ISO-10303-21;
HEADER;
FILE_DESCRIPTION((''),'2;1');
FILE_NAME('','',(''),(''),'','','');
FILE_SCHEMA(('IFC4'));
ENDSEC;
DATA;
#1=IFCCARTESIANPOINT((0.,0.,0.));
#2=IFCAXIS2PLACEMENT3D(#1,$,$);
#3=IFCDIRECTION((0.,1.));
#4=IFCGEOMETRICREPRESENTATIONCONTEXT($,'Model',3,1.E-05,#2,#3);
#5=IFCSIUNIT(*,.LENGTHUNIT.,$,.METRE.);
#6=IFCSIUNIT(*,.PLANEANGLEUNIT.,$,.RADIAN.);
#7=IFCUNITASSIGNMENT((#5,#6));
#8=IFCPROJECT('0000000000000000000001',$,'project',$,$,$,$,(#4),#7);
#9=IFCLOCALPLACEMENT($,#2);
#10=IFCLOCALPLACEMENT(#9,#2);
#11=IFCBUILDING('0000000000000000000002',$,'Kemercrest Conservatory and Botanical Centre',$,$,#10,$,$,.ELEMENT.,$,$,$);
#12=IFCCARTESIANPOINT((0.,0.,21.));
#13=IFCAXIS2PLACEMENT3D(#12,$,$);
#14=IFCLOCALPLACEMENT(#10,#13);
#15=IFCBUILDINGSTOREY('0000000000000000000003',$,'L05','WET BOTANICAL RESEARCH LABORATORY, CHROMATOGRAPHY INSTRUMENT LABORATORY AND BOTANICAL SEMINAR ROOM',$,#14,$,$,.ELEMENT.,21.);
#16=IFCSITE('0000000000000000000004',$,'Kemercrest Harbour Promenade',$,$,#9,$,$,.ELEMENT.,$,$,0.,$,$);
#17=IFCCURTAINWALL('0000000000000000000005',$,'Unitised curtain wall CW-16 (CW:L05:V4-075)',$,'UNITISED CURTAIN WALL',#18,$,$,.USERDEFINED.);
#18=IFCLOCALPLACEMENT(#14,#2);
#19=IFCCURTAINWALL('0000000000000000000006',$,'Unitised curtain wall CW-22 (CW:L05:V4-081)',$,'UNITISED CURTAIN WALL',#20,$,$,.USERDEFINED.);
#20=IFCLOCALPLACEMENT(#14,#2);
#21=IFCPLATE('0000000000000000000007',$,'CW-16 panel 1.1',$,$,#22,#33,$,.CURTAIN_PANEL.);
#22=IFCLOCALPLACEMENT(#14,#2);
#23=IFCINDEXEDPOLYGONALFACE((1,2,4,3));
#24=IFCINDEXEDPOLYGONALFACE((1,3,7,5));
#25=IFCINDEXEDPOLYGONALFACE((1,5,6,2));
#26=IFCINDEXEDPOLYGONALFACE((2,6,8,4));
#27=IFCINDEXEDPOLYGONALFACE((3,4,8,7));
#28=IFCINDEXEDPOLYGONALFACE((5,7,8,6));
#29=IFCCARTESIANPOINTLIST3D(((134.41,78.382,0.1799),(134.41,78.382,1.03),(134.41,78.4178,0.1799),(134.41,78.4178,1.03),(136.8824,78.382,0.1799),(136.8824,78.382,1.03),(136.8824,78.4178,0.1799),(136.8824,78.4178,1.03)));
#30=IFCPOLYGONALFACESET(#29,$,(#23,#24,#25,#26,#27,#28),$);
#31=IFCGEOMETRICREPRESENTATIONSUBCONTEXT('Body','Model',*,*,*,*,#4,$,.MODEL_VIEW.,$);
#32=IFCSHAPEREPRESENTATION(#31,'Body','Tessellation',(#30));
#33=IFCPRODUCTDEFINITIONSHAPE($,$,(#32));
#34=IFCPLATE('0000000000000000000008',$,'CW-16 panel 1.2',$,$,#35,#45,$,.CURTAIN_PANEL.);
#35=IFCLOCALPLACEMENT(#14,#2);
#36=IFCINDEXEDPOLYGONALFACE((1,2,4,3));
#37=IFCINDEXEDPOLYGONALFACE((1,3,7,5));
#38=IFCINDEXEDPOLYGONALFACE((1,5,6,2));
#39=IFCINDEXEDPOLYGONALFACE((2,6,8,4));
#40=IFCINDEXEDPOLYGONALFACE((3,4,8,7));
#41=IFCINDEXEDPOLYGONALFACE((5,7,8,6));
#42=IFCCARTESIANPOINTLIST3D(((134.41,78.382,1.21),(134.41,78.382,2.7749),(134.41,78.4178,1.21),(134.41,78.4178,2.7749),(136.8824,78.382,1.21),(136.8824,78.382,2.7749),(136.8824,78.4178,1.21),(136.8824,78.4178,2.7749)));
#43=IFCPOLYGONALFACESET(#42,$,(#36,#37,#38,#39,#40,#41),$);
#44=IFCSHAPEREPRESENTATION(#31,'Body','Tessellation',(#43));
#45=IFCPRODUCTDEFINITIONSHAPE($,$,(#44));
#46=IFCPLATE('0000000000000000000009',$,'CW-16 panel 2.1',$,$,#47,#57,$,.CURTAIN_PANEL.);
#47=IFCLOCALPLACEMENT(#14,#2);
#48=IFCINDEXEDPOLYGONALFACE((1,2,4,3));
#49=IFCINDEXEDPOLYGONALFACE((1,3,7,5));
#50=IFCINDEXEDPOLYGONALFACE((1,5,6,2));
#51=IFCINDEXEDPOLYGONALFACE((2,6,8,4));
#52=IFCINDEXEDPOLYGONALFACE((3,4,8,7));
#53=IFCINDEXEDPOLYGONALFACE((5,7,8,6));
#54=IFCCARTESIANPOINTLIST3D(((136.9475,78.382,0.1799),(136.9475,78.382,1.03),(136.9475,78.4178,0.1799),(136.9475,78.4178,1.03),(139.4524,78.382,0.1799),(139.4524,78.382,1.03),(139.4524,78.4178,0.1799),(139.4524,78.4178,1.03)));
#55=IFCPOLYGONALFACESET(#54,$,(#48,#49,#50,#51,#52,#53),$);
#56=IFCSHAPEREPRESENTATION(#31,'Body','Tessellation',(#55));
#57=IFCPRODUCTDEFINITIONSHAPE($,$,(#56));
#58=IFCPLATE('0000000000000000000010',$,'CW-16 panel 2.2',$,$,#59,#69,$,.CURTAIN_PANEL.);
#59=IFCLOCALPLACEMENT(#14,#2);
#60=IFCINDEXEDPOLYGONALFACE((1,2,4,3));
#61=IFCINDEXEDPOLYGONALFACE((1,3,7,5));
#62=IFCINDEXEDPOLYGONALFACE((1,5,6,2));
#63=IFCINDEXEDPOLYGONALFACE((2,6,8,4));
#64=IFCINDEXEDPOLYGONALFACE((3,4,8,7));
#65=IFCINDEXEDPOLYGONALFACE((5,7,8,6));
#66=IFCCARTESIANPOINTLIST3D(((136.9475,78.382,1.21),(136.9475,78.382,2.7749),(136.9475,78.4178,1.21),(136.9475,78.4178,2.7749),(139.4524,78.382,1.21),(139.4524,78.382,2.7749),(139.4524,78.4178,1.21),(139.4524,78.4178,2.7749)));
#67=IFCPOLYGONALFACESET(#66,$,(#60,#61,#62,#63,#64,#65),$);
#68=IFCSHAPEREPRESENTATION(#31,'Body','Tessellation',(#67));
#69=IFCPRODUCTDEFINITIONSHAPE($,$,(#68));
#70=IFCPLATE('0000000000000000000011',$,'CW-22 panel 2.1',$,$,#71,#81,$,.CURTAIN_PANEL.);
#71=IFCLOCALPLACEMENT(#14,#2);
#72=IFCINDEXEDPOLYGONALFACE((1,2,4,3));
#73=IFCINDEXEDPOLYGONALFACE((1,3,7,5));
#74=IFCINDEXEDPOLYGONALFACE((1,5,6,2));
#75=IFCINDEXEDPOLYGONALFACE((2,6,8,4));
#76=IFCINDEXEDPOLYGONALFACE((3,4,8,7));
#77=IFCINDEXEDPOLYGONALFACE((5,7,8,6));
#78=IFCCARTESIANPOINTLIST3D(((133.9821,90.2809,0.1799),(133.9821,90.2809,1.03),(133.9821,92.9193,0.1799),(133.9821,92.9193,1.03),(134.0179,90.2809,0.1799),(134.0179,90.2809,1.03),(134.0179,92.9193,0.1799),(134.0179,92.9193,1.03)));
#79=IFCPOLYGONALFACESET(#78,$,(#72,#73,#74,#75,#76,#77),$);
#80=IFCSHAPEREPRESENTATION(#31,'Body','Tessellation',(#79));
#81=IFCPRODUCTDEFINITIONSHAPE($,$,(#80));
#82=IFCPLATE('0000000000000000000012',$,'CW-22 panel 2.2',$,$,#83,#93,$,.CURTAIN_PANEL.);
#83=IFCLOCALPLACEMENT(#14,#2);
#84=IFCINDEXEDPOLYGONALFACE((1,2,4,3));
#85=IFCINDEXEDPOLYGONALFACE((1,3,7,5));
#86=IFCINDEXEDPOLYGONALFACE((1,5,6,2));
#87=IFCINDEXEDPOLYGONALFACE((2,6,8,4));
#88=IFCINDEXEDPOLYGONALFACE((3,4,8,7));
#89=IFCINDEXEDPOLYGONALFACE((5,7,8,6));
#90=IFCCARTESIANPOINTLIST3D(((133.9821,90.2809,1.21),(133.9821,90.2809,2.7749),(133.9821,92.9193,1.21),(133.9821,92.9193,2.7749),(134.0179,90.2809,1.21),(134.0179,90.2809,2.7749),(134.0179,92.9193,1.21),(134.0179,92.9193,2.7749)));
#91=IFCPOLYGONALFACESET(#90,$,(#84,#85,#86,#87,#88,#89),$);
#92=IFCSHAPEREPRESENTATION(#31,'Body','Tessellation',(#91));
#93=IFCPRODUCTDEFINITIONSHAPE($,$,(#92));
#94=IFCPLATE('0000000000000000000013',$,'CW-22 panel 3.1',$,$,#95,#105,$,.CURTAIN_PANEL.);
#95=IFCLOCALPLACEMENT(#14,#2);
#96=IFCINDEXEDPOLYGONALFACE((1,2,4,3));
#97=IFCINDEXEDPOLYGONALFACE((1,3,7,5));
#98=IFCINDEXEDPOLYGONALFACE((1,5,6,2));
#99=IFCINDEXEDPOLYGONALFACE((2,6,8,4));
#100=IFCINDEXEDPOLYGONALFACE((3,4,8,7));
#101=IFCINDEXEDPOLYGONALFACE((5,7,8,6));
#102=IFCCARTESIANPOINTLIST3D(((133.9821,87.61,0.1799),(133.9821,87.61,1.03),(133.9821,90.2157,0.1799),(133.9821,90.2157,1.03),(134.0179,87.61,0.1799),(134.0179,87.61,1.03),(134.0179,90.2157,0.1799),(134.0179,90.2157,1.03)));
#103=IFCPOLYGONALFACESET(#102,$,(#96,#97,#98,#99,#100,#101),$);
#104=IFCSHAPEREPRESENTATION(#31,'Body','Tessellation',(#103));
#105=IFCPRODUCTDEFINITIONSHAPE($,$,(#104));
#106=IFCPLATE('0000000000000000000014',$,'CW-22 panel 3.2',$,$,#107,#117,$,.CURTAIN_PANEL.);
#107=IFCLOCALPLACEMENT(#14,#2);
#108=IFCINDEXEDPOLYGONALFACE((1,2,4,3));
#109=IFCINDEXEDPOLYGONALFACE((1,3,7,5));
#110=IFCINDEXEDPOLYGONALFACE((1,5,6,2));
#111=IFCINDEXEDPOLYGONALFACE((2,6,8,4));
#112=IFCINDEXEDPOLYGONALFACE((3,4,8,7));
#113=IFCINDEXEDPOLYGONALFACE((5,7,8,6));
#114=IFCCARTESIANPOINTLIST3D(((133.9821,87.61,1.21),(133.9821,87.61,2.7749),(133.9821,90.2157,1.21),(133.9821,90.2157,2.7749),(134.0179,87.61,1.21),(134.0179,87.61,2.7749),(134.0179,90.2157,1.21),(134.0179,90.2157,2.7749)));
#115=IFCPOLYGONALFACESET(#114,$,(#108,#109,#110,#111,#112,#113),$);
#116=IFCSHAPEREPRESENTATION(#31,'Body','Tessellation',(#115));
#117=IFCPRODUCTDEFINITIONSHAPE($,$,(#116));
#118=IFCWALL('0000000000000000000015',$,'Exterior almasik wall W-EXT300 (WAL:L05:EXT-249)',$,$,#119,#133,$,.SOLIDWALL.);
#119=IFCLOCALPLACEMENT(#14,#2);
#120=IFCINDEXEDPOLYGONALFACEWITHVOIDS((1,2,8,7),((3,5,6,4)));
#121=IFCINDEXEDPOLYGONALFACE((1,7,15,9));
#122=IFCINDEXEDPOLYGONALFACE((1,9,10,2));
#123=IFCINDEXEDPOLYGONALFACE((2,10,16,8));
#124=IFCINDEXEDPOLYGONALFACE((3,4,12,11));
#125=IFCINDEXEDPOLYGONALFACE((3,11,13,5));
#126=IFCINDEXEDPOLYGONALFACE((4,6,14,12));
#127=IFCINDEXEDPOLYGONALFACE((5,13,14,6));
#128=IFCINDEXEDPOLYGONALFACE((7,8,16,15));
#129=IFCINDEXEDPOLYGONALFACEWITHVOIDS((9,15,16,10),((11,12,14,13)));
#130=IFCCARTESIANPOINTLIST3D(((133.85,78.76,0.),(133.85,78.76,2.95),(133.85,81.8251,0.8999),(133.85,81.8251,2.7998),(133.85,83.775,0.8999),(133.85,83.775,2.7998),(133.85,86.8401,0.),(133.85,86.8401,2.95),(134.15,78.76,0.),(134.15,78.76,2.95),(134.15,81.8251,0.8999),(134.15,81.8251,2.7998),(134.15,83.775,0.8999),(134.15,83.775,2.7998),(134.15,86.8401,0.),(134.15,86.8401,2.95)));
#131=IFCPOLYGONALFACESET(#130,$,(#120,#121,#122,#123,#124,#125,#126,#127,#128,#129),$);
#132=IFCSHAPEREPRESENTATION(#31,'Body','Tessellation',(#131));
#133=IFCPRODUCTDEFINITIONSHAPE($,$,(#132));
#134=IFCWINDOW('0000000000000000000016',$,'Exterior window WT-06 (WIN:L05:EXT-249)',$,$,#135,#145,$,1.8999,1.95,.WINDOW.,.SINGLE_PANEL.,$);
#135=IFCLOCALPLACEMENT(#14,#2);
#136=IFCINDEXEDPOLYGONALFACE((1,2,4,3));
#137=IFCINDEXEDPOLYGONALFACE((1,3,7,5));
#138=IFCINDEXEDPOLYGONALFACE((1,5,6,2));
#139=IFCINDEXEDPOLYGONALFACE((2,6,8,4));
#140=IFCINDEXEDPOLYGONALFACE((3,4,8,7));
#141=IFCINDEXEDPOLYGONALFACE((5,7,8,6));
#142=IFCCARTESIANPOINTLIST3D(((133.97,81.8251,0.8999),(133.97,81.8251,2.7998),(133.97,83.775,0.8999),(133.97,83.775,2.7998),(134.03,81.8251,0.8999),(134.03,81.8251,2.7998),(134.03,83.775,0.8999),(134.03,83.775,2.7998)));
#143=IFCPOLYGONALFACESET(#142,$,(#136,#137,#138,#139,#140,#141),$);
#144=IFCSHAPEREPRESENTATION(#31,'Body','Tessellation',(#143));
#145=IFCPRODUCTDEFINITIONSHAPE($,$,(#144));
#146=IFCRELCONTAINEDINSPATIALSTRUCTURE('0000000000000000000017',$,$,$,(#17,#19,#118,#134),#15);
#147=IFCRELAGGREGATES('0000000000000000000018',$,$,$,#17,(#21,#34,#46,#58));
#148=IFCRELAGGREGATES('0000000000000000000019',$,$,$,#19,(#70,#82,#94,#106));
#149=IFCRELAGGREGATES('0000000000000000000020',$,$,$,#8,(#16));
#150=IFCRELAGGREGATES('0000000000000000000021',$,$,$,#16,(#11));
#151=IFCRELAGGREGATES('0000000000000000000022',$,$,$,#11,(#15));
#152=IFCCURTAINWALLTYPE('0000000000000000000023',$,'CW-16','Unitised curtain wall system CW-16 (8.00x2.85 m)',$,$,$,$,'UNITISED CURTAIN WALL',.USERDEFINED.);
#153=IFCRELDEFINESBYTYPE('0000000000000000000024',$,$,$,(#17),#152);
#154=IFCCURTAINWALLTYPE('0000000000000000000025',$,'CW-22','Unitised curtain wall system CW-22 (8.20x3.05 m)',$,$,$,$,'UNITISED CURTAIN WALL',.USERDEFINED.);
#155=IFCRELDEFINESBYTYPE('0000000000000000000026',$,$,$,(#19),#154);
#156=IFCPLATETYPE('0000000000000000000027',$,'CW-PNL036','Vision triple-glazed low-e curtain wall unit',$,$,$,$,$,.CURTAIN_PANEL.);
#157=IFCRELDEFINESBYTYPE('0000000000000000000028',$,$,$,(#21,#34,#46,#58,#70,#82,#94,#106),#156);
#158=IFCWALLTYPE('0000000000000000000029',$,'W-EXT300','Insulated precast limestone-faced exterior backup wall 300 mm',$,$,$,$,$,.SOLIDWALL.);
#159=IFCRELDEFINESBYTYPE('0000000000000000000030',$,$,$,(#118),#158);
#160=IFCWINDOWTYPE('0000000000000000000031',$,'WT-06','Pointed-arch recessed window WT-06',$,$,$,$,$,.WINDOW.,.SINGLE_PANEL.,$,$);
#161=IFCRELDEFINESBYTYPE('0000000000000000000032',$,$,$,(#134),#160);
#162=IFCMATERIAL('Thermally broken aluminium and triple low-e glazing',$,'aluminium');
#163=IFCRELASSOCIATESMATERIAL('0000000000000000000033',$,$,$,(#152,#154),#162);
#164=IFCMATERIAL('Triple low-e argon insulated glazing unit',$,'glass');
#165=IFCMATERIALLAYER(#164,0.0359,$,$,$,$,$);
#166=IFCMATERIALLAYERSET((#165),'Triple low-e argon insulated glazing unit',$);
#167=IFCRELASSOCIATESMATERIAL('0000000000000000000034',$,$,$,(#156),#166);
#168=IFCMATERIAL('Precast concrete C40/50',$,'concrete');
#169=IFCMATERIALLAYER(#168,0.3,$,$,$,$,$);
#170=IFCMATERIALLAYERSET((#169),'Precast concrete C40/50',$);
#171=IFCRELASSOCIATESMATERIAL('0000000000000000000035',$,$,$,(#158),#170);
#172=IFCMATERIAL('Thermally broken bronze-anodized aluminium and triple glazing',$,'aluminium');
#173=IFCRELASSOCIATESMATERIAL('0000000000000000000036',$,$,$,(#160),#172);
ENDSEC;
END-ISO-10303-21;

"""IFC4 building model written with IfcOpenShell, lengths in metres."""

from ifc_helpers import new_model, si_unit, direction, frame, frame_2d, origin, origin_2d, place, context, subcontext, project, spatial, rectangle, extrude, material, layer, layer_set, type_object, element, fill, aggregate, save


model = new_model("IFC4")

# Units and contexts
model_context = context("Model", 3, precision=1e-05, world=origin(), true_north=direction((0.0, 1.0)))
body_context = subcontext(model_context, "Body", "Model", "MODEL_VIEW")
ifc_project = project(units=[si_unit("LENGTHUNIT", "METRE"), si_unit("PLANEANGLEUNIT", "RADIAN")], contexts=[model_context])

# Site, building, storey
site_placement = place(None, origin())
site = spatial("IfcSite", under=ifc_project, at=site_placement, Name="Kemercrest Harbour Promenade", CompositionType="ELEMENT", RefElevation=0.0)
building_placement = place(site_placement, origin())
building = spatial("IfcBuilding", under=site, at=building_placement, Name="Kemercrest Conservatory and Botanical Centre", CompositionType="ELEMENT")
storey_placement = place(building_placement, frame((0.0, 0.0, 21.0)))
storey = spatial("IfcBuildingStorey", under=building, at=storey_placement, Name="L05", Description="WET BOTANICAL RESEARCH LABORATORY, CHROMATOGRAPHY INSTRUMENT LABORATORY AND BOTANICAL SEMINAR ROOM", CompositionType="ELEMENT", Elevation=21.0)

# Curtain walls
ifc_material_1 = material(Name="Thermally broken aluminium and triple low-e glazing", Category="aluminium")
curtain_wall_type_1 = type_object("IfcCurtainWallType", Name="CW-16", Description="Unitised curtain wall system CW-16 (8.00x2.85 m)", ElementType="UNITISED CURTAIN WALL", PredefinedType="USERDEFINED", material=ifc_material_1)
curtain_wall_1_placement = place(storey_placement, origin())
curtain_wall_1 = element("IfcCurtainWall", 1, at=curtain_wall_1_placement, inside=storey, type_object=curtain_wall_type_1, Name="Unitised curtain wall CW-16 (CW:L05:V4-075)", ObjectType="UNITISED CURTAIN WALL", PredefinedType="USERDEFINED")
curtain_wall_type_2 = type_object("IfcCurtainWallType", Name="CW-22", Description="Unitised curtain wall system CW-22 (8.20x3.05 m)", ElementType="UNITISED CURTAIN WALL", PredefinedType="USERDEFINED", material=ifc_material_1)
curtain_wall_2_placement = place(storey_placement, origin())
curtain_wall_2 = element("IfcCurtainWall", 2, at=curtain_wall_2_placement, inside=storey, type_object=curtain_wall_type_2, Name="Unitised curtain wall CW-22 (CW:L05:V4-081)", ObjectType="UNITISED CURTAIN WALL", PredefinedType="USERDEFINED")

# Plates
ifc_material_2 = material(Name="Triple low-e argon insulated glazing unit", Category="glass")
ifc_layer_1 = layer(ifc_material_2, 0.0359)
ifc_layer_set_1 = layer_set([ifc_layer_1], Name="Triple low-e argon insulated glazing unit")
plate_type = type_object("IfcPlateType", Name="CW-PNL036", Description="Vision triple-glazed low-e curtain wall unit", PredefinedType="CURTAIN_PANEL", material=ifc_layer_set_1)
plate_1_placement = place(storey_placement, frame((135.6462, 78.3999, 0.1799), z_axis=(0.0, 0.0, 1.0), x_axis=(1.0, 0.0, 0.0)))
plate_1 = element("IfcPlate", 3, at=plate_1_placement, type_object=plate_type, Name="CW-16 panel 1.1", PredefinedType="CURTAIN_PANEL", context=body_context, shape_type="SweptSolid", body=[
    extrude(rectangle(XDim=2.4724, YDim=0.0359, at=origin_2d()), origin(), (0.0, 0.0, 1.0), 0.8501),
])
plate_2_placement = place(storey_placement, frame((135.6462, 78.3999, 1.21), z_axis=(0.0, 0.0, 1.0), x_axis=(1.0, 0.0, 0.0)))
plate_2 = element("IfcPlate", 4, at=plate_2_placement, type_object=plate_type, Name="CW-16 panel 1.2", PredefinedType="CURTAIN_PANEL", context=body_context, shape_type="SweptSolid", body=[
    extrude(rectangle(XDim=2.4724, YDim=0.0359, at=origin_2d()), origin(), (0.0, 0.0, 1.0), 1.5649),
])
plate_3_placement = place(storey_placement, frame((138.2, 78.3999, 0.1799), z_axis=(0.0, 0.0, 1.0), x_axis=(1.0, 0.0, 0.0)))
plate_3 = element("IfcPlate", 5, at=plate_3_placement, type_object=plate_type, Name="CW-16 panel 2.1", PredefinedType="CURTAIN_PANEL", context=body_context, shape_type="SweptSolid", body=[
    extrude(rectangle(XDim=2.5049, YDim=0.0359, at=origin_2d()), origin(), (0.0, 0.0, 1.0), 0.8501),
])
plate_4_placement = place(storey_placement, frame((138.2, 78.3999, 1.21), z_axis=(0.0, 0.0, 1.0), x_axis=(1.0, 0.0, 0.0)))
plate_4 = element("IfcPlate", 6, at=plate_4_placement, type_object=plate_type, Name="CW-16 panel 2.2", PredefinedType="CURTAIN_PANEL", context=body_context, shape_type="SweptSolid", body=[
    extrude(rectangle(XDim=2.5049, YDim=0.0359, at=origin_2d()), origin(), (0.0, 0.0, 1.0), 1.5649),
])
aggregate(curtain_wall_1, [plate_1, plate_2, plate_3, plate_4])
plate_5_placement = place(storey_placement, frame((134.0, 91.6001, 0.1799), z_axis=(0.0, 0.0, 1.0), x_axis=(0.0, -1.0, 0.0)))
plate_5 = element("IfcPlate", 7, at=plate_5_placement, type_object=plate_type, Name="CW-22 panel 2.1", PredefinedType="CURTAIN_PANEL", context=body_context, shape_type="SweptSolid", body=[
    extrude(rectangle(XDim=2.6384, YDim=0.0359, at=origin_2d()), origin(), (0.0, 0.0, 1.0), 0.8501),
])
plate_6_placement = place(storey_placement, frame((134.0, 91.6001, 1.21), z_axis=(0.0, 0.0, 1.0), x_axis=(0.0, -1.0, 0.0)))
plate_6 = element("IfcPlate", 8, at=plate_6_placement, type_object=plate_type, Name="CW-22 panel 2.2", PredefinedType="CURTAIN_PANEL", context=body_context, shape_type="SweptSolid", body=[
    extrude(rectangle(XDim=2.6384, YDim=0.0359, at=origin_2d()), origin(), (0.0, 0.0, 1.0), 1.5649),
])
plate_7_placement = place(storey_placement, frame((134.0, 88.9128, 0.1799), z_axis=(0.0, 0.0, 1.0), x_axis=(0.0, -1.0, 0.0)))
plate_7 = element("IfcPlate", 9, at=plate_7_placement, type_object=plate_type, Name="CW-22 panel 3.1", PredefinedType="CURTAIN_PANEL", context=body_context, shape_type="SweptSolid", body=[
    extrude(rectangle(XDim=2.6057, YDim=0.0359, at=origin_2d()), origin(), (0.0, 0.0, 1.0), 0.8501),
])
plate_8_placement = place(storey_placement, frame((134.0, 88.9128, 1.21), z_axis=(0.0, 0.0, 1.0), x_axis=(0.0, -1.0, 0.0)))
plate_8 = element("IfcPlate", 10, at=plate_8_placement, type_object=plate_type, Name="CW-22 panel 3.2", PredefinedType="CURTAIN_PANEL", context=body_context, shape_type="SweptSolid", body=[
    extrude(rectangle(XDim=2.6057, YDim=0.0359, at=origin_2d()), origin(), (0.0, 0.0, 1.0), 1.5649),
])
aggregate(curtain_wall_2, [plate_5, plate_6, plate_7, plate_8])

# Wall, opening, window
ifc_material_3 = material(Name="Precast concrete C40/50", Category="concrete")
ifc_layer_2 = layer(ifc_material_3, 0.3)
ifc_layer_set_2 = layer_set([ifc_layer_2], Name="Precast concrete C40/50")
wall_type = type_object("IfcWallType", Name="W-EXT300", Description="Insulated precast limestone-faced exterior backup wall 300 mm", PredefinedType="SOLIDWALL", material=ifc_layer_set_2)
wall_placement = place(storey_placement, frame((134.0, 86.8401, 0.0), z_axis=(0.0, 0.0, 1.0), x_axis=(0.0, -1.0, 0.0)))
wall = element("IfcWall", 11, at=wall_placement, inside=storey, type_object=wall_type, Name="Exterior almasik wall W-EXT300 (WAL:L05:EXT-249)", PredefinedType="SOLIDWALL", context=body_context, shape_type="SweptSolid", body=[
    extrude(rectangle(XDim=8.0801, YDim=0.3, at=frame_2d((4.04, 0.0))), origin(), (0.0, 0.0, 1.0), 2.95),
])
opening_placement = place(wall_placement, frame((3.0649, 0.0, 0.8999)))
opening = element("IfcOpeningElement", 12, at=opening_placement, cuts=wall, PredefinedType="OPENING", context=body_context, shape_type="SweptSolid", body=[
    extrude(rectangle(XDim=1.95, YDim=1.8999, at=frame_2d((0.9751, 0.95))), frame((0.0, 0.1602, 0.0), z_axis=(0.0, -1.0, 0.0), x_axis=(1.0, 0.0, 0.0)), (0.0, 0.0, 1.0), 0.3201),
])
ifc_material_4 = material(Name="Thermally broken bronze-anodized aluminium and triple glazing", Category="aluminium")
window_type = type_object("IfcWindowType", Name="WT-06", Description="Pointed-arch recessed window WT-06", PartitioningType="SINGLE_PANEL", PredefinedType="WINDOW", material=ifc_material_4)
window_placement = place(opening_placement, origin())
window = element("IfcWindow", 13, at=window_placement, inside=storey, type_object=window_type, Name="Exterior window WT-06 (WIN:L05:EXT-249)", OverallHeight=1.8999, OverallWidth=1.95, PartitioningType="SINGLE_PANEL", PredefinedType="WINDOW", context=body_context, shape_type="SweptSolid", body=[
    extrude(rectangle(XDim=1.95, YDim=1.8999, at=frame_2d((0.9751, 0.95))), frame((0.0, 0.03, 0.0), z_axis=(0.0, -1.0, 0.0), x_axis=(1.0, 0.0, 0.0)), (0.0, 0.0, 1.0), 0.0601),
])
fill(opening, window)

save(model, "model.ifc")
